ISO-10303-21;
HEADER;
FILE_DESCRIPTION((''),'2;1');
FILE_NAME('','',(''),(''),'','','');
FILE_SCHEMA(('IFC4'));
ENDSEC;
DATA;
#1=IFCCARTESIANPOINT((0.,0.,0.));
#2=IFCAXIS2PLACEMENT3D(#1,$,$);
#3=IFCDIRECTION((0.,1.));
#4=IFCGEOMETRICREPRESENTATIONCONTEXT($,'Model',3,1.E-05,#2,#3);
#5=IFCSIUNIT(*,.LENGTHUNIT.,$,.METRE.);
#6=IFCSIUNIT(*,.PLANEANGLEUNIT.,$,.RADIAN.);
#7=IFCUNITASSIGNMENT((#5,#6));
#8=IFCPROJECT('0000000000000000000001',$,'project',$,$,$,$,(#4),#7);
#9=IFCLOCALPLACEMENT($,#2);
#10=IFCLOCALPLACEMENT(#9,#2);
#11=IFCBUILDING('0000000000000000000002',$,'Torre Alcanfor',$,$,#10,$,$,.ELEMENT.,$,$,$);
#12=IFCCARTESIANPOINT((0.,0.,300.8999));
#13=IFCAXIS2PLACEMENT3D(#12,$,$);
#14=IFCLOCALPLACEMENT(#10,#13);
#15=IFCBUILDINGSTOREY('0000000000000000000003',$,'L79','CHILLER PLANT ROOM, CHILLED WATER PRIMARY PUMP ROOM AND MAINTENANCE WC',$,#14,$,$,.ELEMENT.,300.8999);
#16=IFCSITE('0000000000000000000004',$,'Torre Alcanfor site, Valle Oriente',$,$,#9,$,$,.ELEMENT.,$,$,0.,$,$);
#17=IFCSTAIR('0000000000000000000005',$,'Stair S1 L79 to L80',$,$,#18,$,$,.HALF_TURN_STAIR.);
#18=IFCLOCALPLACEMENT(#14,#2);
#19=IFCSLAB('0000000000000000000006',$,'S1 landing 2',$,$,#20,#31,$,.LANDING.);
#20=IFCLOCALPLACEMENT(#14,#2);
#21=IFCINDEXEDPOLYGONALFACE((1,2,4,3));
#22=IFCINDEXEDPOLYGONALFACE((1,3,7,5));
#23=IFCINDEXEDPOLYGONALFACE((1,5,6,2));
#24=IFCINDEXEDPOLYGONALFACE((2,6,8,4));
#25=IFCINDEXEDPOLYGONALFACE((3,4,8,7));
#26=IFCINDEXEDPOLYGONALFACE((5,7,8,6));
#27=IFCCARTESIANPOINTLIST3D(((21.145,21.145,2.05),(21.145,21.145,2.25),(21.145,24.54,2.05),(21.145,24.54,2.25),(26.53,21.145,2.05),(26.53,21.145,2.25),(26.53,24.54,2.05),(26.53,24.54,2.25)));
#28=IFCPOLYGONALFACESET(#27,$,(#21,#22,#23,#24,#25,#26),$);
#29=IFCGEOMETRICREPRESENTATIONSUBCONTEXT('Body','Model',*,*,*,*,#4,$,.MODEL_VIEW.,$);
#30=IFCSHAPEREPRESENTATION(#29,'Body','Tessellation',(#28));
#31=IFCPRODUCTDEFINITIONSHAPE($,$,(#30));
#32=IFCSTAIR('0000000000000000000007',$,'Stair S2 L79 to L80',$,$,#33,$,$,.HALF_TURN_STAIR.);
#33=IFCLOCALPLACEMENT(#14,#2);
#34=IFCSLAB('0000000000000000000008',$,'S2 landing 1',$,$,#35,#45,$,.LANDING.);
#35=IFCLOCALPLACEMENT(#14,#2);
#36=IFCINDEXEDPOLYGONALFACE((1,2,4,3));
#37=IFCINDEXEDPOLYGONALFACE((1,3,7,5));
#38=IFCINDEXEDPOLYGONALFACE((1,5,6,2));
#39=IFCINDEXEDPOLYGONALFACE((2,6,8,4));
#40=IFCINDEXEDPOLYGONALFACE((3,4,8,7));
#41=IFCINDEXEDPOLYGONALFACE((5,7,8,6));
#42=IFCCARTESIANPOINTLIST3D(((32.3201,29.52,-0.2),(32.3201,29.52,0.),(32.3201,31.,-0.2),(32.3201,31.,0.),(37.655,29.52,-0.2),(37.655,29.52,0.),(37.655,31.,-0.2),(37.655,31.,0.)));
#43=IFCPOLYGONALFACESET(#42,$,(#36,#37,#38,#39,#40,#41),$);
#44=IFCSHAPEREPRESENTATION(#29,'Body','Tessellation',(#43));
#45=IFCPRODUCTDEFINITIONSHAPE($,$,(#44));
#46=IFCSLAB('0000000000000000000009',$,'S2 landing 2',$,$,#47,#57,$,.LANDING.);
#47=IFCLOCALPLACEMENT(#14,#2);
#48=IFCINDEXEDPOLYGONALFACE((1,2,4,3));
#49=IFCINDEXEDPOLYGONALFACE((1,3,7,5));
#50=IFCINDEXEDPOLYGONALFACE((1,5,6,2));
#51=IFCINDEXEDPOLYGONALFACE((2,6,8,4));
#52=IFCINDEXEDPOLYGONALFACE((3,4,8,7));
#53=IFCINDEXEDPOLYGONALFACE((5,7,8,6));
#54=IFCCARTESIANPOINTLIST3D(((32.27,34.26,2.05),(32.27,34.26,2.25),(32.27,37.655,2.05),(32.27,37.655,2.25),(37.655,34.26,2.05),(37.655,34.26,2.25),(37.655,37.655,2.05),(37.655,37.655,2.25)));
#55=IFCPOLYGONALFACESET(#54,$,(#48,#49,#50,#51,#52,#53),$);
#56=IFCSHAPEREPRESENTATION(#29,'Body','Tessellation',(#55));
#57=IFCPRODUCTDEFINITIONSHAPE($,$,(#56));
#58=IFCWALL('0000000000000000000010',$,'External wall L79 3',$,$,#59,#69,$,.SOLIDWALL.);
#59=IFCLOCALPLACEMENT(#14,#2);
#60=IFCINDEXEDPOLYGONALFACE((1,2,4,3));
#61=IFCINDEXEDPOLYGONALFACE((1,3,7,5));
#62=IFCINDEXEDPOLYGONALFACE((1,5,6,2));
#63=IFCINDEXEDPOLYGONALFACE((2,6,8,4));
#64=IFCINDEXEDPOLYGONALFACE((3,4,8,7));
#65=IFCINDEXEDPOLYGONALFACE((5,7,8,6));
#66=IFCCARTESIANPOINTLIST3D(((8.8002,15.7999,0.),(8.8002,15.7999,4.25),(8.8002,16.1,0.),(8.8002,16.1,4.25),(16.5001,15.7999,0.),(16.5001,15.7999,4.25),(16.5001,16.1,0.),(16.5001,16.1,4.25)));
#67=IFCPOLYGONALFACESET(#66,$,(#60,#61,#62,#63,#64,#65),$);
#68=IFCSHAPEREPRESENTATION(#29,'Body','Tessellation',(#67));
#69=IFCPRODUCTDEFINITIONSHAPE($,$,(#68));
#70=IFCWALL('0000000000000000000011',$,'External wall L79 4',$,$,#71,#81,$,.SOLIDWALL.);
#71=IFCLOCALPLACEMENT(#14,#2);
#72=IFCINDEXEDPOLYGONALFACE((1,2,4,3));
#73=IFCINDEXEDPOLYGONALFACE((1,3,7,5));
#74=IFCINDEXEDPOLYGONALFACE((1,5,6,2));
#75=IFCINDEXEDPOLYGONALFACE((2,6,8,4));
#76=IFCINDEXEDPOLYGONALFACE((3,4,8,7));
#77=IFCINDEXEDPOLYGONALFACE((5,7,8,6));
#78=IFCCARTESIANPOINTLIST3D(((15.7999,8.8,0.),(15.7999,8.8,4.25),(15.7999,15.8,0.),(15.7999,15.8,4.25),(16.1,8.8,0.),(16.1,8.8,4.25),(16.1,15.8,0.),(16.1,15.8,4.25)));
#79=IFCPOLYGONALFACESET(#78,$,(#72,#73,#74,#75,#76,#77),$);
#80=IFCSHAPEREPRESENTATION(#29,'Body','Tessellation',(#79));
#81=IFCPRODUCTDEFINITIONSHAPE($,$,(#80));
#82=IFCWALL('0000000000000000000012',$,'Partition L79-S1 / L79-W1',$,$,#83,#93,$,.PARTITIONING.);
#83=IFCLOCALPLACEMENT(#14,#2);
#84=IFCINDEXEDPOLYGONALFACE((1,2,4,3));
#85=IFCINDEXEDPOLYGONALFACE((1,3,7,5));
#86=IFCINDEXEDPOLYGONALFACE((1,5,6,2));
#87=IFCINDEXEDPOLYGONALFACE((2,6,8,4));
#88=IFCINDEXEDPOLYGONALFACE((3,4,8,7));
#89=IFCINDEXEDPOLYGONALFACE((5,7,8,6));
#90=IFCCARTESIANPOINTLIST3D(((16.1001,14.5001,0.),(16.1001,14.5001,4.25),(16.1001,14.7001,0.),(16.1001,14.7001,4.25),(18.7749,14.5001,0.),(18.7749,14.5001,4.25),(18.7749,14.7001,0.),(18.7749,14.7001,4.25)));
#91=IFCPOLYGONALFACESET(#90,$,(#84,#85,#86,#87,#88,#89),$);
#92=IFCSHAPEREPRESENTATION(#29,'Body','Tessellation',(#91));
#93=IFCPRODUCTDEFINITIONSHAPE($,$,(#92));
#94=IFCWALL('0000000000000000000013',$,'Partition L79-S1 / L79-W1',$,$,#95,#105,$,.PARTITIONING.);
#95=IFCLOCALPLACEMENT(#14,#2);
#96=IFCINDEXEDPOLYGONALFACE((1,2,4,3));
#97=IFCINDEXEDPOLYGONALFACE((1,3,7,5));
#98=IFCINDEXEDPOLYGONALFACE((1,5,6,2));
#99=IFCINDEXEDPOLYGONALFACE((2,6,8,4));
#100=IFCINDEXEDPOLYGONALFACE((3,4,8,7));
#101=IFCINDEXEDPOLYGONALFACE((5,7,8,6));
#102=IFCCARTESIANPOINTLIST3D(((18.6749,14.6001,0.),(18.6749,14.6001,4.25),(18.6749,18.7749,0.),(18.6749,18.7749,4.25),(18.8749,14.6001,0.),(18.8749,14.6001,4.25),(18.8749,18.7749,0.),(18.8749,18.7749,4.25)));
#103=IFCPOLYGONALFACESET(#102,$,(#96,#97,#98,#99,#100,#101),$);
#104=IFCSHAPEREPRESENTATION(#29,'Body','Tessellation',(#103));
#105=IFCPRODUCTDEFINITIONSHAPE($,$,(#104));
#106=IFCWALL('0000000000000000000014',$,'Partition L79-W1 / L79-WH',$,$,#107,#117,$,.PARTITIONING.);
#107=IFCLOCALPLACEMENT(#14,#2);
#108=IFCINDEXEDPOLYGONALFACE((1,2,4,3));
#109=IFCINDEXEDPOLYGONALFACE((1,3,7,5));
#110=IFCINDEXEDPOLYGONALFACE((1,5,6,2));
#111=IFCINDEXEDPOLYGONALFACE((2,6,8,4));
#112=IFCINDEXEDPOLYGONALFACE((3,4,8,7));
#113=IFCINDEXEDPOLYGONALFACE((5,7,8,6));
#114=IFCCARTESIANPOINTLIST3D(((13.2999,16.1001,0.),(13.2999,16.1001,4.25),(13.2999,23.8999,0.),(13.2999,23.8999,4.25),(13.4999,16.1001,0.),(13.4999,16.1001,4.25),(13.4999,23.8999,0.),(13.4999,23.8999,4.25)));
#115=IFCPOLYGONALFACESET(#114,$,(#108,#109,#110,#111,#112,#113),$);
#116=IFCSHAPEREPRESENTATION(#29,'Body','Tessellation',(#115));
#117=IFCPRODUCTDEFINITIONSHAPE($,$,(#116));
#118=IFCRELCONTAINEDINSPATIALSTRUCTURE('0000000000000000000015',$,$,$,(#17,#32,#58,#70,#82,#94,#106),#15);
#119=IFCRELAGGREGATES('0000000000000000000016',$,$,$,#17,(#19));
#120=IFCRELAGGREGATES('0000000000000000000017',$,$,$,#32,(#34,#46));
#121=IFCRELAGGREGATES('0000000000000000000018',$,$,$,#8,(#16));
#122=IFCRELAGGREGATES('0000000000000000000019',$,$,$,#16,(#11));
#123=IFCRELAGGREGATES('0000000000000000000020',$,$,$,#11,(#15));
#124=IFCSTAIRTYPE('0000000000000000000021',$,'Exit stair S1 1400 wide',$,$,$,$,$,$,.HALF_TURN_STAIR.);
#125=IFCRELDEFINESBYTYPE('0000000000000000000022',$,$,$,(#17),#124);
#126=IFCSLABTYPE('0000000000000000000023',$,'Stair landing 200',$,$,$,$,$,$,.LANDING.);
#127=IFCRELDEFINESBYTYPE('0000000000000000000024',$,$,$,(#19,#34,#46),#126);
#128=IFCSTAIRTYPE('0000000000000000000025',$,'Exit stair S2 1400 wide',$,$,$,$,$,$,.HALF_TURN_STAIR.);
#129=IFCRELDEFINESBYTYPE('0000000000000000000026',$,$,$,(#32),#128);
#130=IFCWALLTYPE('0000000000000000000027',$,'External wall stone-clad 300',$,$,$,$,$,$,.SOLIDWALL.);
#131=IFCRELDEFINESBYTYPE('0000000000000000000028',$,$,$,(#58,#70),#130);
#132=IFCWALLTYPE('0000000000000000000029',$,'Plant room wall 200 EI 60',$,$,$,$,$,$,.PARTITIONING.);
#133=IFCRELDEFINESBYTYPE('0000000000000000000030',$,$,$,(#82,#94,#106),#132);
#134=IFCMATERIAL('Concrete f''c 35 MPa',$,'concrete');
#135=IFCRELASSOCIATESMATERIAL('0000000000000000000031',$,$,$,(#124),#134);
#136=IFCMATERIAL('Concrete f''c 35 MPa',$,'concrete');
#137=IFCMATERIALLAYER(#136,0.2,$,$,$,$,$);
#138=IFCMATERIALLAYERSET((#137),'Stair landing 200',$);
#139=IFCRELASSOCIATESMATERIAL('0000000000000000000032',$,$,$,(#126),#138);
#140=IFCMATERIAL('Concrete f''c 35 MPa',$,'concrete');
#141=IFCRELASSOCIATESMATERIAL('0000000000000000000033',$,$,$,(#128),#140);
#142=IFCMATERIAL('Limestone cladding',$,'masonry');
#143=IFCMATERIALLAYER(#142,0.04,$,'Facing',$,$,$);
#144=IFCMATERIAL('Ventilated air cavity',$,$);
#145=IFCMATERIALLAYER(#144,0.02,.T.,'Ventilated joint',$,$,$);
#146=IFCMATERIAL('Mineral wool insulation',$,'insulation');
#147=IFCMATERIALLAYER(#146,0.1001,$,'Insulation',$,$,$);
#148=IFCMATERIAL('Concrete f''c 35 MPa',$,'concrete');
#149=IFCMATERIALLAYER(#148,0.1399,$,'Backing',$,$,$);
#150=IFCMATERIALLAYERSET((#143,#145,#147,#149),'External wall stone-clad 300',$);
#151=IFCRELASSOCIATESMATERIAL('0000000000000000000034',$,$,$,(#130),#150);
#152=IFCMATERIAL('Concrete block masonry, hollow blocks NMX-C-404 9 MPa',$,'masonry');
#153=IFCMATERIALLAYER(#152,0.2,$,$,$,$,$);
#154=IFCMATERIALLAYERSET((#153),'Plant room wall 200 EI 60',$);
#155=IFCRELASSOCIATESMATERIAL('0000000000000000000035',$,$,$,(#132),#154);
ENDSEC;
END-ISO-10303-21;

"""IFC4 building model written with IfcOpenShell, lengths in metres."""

from ifc_helpers import new_model, si_unit, direction, frame, frame_2d, origin, place, context, subcontext, project, spatial, polyline, rectangle, outline, extrude, material, layer, layer_set, type_object, element, aggregate, save


model = new_model("IFC4")

# Units and contexts
model_context = context("Model", 3, precision=1e-05, world=origin(), true_north=direction((0.0, 1.0)))
body_context = subcontext(model_context, "Body", "Model", "MODEL_VIEW")
ifc_project = project(units=[si_unit("LENGTHUNIT", "METRE"), si_unit("PLANEANGLEUNIT", "RADIAN")], contexts=[model_context])

# Site, building, storey
site_placement = place(None, origin())
site = spatial("IfcSite", under=ifc_project, at=site_placement, Name="Torre Alcanfor site, Valle Oriente", CompositionType="ELEMENT", RefElevation=0.0)
building_placement = place(site_placement, origin())
building = spatial("IfcBuilding", under=site, at=building_placement, Name="Torre Alcanfor", CompositionType="ELEMENT")
storey_placement = place(building_placement, frame((0.0, 0.0, 300.8999)))
storey = spatial("IfcBuildingStorey", under=building, at=storey_placement, Name="L79", Description="CHILLER PLANT ROOM, CHILLED WATER PRIMARY PUMP ROOM AND MAINTENANCE WC", CompositionType="ELEMENT", Elevation=300.8999)

# Stairs, slabs
ifc_material_1 = material(Name="Concrete f'c 35 MPa", Category="concrete")
stair_type_1 = type_object("IfcStairType", Name="Exit stair S1 1400 wide", PredefinedType="HALF_TURN_STAIR", material=ifc_material_1)
stair_1_placement = place(storey_placement, origin())
stair_1 = element("IfcStair", 1, at=stair_1_placement, inside=storey, type_object=stair_type_1, Name="Stair S1 L79 to L80", PredefinedType="HALF_TURN_STAIR")
ifc_material_2 = material(Name="Concrete f'c 35 MPa", Category="concrete")
ifc_layer_1 = layer(ifc_material_2, 0.2)
ifc_layer_set_1 = layer_set([ifc_layer_1], Name="Stair landing 200")
slab_type_1 = type_object("IfcSlabType", Name="Stair landing 200", PredefinedType="LANDING", material=ifc_layer_set_1)
slab_1_placement = place(storey_placement, frame((0.0, 0.0, 2.05)))
slab_1 = element("IfcSlab", 2, at=slab_1_placement, type_object=slab_type_1, Name="S1 landing 2", PredefinedType="LANDING", context=body_context, shape_type="SweptSolid", body=[
    extrude(outline(polyline([(21.145, 21.145), (26.53, 21.145), (26.53, 24.54), (21.145, 24.54), (21.145, 21.145)])), origin(), (0.0, 0.0, 1.0), 0.2),
])
aggregate(stair_1, [slab_1])
ifc_material_3 = material(Name="Concrete f'c 35 MPa", Category="concrete")
stair_type_2 = type_object("IfcStairType", Name="Exit stair S2 1400 wide", PredefinedType="HALF_TURN_STAIR", material=ifc_material_3)
stair_2_placement = place(storey_placement, origin())
stair_2 = element("IfcStair", 3, at=stair_2_placement, inside=storey, type_object=stair_type_2, Name="Stair S2 L79 to L80", PredefinedType="HALF_TURN_STAIR")
slab_2_placement = place(storey_placement, frame((0.0, 0.0, -0.2)))
slab_2 = element("IfcSlab", 4, at=slab_2_placement, type_object=slab_type_1, Name="S2 landing 1", PredefinedType="LANDING", context=body_context, shape_type="SweptSolid", body=[
    extrude(outline(polyline([(32.3201, 29.52), (37.655, 29.52), (37.655, 31.0), (32.3201, 31.0), (32.3201, 29.52)])), origin(), (0.0, 0.0, 1.0), 0.2),
])
slab_3_placement = place(storey_placement, frame((0.0, 0.0, 2.05)))
slab_3 = element("IfcSlab", 5, at=slab_3_placement, type_object=slab_type_1, Name="S2 landing 2", PredefinedType="LANDING", context=body_context, shape_type="SweptSolid", body=[
    extrude(outline(polyline([(32.27, 34.26), (37.655, 34.26), (37.655, 37.655), (32.27, 37.655), (32.27, 34.26)])), origin(), (0.0, 0.0, 1.0), 0.2),
])
aggregate(stair_2, [slab_2, slab_3])

# Walls
ifc_material_4 = material(Name="Limestone cladding", Category="masonry")
ifc_layer_2 = layer(ifc_material_4, 0.04, Name="Facing")
ifc_material_5 = material(Name="Ventilated air cavity")
ifc_layer_3 = layer(ifc_material_5, 0.02, ventilated=True, Name="Ventilated joint")
ifc_material_6 = material(Name="Mineral wool insulation", Category="insulation")
ifc_layer_4 = layer(ifc_material_6, 0.1001, Name="Insulation")
ifc_material_7 = material(Name="Concrete f'c 35 MPa", Category="concrete")
ifc_layer_5 = layer(ifc_material_7, 0.1399, Name="Backing")
ifc_layer_set_2 = layer_set([ifc_layer_2, ifc_layer_3, ifc_layer_4, ifc_layer_5], Name="External wall stone-clad 300")
wall_type_1 = type_object("IfcWallType", Name="External wall stone-clad 300", PredefinedType="SOLIDWALL", material=ifc_layer_set_2)
wall_1_placement = place(storey_placement, frame((8.8, 15.95, 0.0), z_axis=(0.0, 0.0, 1.0), x_axis=(1.0, 0.0, 0.0)))
element("IfcWall", 6, at=wall_1_placement, inside=storey, type_object=wall_type_1, Name="External wall L79 3", PredefinedType="SOLIDWALL", context=body_context, shape_type="SweptSolid", body=[
    extrude(rectangle(XDim=7.7, YDim=0.3, at=frame_2d((3.8501, 0.0))), origin(), (0.0, 0.0, 1.0), 4.25),
])
wall_2_placement = place(storey_placement, frame((15.95, 15.8, 0.0), z_axis=(0.0, 0.0, 1.0), x_axis=(0.0, -1.0, 0.0)))
element("IfcWall", 7, at=wall_2_placement, inside=storey, type_object=wall_type_1, Name="External wall L79 4", PredefinedType="SOLIDWALL", context=body_context, shape_type="SweptSolid", body=[
    extrude(rectangle(XDim=7.0, YDim=0.3, at=frame_2d((3.5, 0.0))), origin(), (0.0, 0.0, 1.0), 4.25),
])
ifc_material_8 = material(Name="Concrete block masonry, hollow blocks NMX-C-404 9 MPa", Category="masonry")
ifc_layer_6 = layer(ifc_material_8, 0.2)
ifc_layer_set_3 = layer_set([ifc_layer_6], Name="Plant room wall 200 EI 60")
wall_type_2 = type_object("IfcWallType", Name="Plant room wall 200 EI 60", PredefinedType="PARTITIONING", material=ifc_layer_set_3)
wall_3_placement = place(storey_placement, frame((16.1001, 14.6001, 0.0), z_axis=(0.0, 0.0, 1.0), x_axis=(1.0, 0.0, 0.0)))
element("IfcWall", 8, at=wall_3_placement, inside=storey, type_object=wall_type_2, Name="Partition L79-S1 / L79-W1", PredefinedType="PARTITIONING", context=body_context, shape_type="SweptSolid", body=[
    extrude(rectangle(XDim=2.6748, YDim=0.2, at=frame_2d((1.3374, 0.0))), origin(), (0.0, 0.0, 1.0), 4.25),
])
wall_4_placement = place(storey_placement, frame((18.7749, 14.6001, 0.0), z_axis=(0.0, 0.0, 1.0), x_axis=(0.0, 1.0, 0.0)))
element("IfcWall", 9, at=wall_4_placement, inside=storey, type_object=wall_type_2, Name="Partition L79-S1 / L79-W1", PredefinedType="PARTITIONING", context=body_context, shape_type="SweptSolid", body=[
    extrude(rectangle(XDim=4.1748, YDim=0.2, at=frame_2d((2.0874, 0.0))), origin(), (0.0, 0.0, 1.0), 4.25),
])
wall_5_placement = place(storey_placement, frame((13.3999, 16.1001, 0.0), z_axis=(0.0, 0.0, 1.0), x_axis=(0.0, 1.0, 0.0)))
element("IfcWall", 10, at=wall_5_placement, inside=storey, type_object=wall_type_2, Name="Partition L79-W1 / L79-WH", PredefinedType="PARTITIONING", context=body_context, shape_type="SweptSolid", body=[
    extrude(rectangle(XDim=7.7998, YDim=0.2, at=frame_2d((3.8999, 0.0))), origin(), (0.0, 0.0, 1.0), 4.25),
])

save(model, "model.ifc")
